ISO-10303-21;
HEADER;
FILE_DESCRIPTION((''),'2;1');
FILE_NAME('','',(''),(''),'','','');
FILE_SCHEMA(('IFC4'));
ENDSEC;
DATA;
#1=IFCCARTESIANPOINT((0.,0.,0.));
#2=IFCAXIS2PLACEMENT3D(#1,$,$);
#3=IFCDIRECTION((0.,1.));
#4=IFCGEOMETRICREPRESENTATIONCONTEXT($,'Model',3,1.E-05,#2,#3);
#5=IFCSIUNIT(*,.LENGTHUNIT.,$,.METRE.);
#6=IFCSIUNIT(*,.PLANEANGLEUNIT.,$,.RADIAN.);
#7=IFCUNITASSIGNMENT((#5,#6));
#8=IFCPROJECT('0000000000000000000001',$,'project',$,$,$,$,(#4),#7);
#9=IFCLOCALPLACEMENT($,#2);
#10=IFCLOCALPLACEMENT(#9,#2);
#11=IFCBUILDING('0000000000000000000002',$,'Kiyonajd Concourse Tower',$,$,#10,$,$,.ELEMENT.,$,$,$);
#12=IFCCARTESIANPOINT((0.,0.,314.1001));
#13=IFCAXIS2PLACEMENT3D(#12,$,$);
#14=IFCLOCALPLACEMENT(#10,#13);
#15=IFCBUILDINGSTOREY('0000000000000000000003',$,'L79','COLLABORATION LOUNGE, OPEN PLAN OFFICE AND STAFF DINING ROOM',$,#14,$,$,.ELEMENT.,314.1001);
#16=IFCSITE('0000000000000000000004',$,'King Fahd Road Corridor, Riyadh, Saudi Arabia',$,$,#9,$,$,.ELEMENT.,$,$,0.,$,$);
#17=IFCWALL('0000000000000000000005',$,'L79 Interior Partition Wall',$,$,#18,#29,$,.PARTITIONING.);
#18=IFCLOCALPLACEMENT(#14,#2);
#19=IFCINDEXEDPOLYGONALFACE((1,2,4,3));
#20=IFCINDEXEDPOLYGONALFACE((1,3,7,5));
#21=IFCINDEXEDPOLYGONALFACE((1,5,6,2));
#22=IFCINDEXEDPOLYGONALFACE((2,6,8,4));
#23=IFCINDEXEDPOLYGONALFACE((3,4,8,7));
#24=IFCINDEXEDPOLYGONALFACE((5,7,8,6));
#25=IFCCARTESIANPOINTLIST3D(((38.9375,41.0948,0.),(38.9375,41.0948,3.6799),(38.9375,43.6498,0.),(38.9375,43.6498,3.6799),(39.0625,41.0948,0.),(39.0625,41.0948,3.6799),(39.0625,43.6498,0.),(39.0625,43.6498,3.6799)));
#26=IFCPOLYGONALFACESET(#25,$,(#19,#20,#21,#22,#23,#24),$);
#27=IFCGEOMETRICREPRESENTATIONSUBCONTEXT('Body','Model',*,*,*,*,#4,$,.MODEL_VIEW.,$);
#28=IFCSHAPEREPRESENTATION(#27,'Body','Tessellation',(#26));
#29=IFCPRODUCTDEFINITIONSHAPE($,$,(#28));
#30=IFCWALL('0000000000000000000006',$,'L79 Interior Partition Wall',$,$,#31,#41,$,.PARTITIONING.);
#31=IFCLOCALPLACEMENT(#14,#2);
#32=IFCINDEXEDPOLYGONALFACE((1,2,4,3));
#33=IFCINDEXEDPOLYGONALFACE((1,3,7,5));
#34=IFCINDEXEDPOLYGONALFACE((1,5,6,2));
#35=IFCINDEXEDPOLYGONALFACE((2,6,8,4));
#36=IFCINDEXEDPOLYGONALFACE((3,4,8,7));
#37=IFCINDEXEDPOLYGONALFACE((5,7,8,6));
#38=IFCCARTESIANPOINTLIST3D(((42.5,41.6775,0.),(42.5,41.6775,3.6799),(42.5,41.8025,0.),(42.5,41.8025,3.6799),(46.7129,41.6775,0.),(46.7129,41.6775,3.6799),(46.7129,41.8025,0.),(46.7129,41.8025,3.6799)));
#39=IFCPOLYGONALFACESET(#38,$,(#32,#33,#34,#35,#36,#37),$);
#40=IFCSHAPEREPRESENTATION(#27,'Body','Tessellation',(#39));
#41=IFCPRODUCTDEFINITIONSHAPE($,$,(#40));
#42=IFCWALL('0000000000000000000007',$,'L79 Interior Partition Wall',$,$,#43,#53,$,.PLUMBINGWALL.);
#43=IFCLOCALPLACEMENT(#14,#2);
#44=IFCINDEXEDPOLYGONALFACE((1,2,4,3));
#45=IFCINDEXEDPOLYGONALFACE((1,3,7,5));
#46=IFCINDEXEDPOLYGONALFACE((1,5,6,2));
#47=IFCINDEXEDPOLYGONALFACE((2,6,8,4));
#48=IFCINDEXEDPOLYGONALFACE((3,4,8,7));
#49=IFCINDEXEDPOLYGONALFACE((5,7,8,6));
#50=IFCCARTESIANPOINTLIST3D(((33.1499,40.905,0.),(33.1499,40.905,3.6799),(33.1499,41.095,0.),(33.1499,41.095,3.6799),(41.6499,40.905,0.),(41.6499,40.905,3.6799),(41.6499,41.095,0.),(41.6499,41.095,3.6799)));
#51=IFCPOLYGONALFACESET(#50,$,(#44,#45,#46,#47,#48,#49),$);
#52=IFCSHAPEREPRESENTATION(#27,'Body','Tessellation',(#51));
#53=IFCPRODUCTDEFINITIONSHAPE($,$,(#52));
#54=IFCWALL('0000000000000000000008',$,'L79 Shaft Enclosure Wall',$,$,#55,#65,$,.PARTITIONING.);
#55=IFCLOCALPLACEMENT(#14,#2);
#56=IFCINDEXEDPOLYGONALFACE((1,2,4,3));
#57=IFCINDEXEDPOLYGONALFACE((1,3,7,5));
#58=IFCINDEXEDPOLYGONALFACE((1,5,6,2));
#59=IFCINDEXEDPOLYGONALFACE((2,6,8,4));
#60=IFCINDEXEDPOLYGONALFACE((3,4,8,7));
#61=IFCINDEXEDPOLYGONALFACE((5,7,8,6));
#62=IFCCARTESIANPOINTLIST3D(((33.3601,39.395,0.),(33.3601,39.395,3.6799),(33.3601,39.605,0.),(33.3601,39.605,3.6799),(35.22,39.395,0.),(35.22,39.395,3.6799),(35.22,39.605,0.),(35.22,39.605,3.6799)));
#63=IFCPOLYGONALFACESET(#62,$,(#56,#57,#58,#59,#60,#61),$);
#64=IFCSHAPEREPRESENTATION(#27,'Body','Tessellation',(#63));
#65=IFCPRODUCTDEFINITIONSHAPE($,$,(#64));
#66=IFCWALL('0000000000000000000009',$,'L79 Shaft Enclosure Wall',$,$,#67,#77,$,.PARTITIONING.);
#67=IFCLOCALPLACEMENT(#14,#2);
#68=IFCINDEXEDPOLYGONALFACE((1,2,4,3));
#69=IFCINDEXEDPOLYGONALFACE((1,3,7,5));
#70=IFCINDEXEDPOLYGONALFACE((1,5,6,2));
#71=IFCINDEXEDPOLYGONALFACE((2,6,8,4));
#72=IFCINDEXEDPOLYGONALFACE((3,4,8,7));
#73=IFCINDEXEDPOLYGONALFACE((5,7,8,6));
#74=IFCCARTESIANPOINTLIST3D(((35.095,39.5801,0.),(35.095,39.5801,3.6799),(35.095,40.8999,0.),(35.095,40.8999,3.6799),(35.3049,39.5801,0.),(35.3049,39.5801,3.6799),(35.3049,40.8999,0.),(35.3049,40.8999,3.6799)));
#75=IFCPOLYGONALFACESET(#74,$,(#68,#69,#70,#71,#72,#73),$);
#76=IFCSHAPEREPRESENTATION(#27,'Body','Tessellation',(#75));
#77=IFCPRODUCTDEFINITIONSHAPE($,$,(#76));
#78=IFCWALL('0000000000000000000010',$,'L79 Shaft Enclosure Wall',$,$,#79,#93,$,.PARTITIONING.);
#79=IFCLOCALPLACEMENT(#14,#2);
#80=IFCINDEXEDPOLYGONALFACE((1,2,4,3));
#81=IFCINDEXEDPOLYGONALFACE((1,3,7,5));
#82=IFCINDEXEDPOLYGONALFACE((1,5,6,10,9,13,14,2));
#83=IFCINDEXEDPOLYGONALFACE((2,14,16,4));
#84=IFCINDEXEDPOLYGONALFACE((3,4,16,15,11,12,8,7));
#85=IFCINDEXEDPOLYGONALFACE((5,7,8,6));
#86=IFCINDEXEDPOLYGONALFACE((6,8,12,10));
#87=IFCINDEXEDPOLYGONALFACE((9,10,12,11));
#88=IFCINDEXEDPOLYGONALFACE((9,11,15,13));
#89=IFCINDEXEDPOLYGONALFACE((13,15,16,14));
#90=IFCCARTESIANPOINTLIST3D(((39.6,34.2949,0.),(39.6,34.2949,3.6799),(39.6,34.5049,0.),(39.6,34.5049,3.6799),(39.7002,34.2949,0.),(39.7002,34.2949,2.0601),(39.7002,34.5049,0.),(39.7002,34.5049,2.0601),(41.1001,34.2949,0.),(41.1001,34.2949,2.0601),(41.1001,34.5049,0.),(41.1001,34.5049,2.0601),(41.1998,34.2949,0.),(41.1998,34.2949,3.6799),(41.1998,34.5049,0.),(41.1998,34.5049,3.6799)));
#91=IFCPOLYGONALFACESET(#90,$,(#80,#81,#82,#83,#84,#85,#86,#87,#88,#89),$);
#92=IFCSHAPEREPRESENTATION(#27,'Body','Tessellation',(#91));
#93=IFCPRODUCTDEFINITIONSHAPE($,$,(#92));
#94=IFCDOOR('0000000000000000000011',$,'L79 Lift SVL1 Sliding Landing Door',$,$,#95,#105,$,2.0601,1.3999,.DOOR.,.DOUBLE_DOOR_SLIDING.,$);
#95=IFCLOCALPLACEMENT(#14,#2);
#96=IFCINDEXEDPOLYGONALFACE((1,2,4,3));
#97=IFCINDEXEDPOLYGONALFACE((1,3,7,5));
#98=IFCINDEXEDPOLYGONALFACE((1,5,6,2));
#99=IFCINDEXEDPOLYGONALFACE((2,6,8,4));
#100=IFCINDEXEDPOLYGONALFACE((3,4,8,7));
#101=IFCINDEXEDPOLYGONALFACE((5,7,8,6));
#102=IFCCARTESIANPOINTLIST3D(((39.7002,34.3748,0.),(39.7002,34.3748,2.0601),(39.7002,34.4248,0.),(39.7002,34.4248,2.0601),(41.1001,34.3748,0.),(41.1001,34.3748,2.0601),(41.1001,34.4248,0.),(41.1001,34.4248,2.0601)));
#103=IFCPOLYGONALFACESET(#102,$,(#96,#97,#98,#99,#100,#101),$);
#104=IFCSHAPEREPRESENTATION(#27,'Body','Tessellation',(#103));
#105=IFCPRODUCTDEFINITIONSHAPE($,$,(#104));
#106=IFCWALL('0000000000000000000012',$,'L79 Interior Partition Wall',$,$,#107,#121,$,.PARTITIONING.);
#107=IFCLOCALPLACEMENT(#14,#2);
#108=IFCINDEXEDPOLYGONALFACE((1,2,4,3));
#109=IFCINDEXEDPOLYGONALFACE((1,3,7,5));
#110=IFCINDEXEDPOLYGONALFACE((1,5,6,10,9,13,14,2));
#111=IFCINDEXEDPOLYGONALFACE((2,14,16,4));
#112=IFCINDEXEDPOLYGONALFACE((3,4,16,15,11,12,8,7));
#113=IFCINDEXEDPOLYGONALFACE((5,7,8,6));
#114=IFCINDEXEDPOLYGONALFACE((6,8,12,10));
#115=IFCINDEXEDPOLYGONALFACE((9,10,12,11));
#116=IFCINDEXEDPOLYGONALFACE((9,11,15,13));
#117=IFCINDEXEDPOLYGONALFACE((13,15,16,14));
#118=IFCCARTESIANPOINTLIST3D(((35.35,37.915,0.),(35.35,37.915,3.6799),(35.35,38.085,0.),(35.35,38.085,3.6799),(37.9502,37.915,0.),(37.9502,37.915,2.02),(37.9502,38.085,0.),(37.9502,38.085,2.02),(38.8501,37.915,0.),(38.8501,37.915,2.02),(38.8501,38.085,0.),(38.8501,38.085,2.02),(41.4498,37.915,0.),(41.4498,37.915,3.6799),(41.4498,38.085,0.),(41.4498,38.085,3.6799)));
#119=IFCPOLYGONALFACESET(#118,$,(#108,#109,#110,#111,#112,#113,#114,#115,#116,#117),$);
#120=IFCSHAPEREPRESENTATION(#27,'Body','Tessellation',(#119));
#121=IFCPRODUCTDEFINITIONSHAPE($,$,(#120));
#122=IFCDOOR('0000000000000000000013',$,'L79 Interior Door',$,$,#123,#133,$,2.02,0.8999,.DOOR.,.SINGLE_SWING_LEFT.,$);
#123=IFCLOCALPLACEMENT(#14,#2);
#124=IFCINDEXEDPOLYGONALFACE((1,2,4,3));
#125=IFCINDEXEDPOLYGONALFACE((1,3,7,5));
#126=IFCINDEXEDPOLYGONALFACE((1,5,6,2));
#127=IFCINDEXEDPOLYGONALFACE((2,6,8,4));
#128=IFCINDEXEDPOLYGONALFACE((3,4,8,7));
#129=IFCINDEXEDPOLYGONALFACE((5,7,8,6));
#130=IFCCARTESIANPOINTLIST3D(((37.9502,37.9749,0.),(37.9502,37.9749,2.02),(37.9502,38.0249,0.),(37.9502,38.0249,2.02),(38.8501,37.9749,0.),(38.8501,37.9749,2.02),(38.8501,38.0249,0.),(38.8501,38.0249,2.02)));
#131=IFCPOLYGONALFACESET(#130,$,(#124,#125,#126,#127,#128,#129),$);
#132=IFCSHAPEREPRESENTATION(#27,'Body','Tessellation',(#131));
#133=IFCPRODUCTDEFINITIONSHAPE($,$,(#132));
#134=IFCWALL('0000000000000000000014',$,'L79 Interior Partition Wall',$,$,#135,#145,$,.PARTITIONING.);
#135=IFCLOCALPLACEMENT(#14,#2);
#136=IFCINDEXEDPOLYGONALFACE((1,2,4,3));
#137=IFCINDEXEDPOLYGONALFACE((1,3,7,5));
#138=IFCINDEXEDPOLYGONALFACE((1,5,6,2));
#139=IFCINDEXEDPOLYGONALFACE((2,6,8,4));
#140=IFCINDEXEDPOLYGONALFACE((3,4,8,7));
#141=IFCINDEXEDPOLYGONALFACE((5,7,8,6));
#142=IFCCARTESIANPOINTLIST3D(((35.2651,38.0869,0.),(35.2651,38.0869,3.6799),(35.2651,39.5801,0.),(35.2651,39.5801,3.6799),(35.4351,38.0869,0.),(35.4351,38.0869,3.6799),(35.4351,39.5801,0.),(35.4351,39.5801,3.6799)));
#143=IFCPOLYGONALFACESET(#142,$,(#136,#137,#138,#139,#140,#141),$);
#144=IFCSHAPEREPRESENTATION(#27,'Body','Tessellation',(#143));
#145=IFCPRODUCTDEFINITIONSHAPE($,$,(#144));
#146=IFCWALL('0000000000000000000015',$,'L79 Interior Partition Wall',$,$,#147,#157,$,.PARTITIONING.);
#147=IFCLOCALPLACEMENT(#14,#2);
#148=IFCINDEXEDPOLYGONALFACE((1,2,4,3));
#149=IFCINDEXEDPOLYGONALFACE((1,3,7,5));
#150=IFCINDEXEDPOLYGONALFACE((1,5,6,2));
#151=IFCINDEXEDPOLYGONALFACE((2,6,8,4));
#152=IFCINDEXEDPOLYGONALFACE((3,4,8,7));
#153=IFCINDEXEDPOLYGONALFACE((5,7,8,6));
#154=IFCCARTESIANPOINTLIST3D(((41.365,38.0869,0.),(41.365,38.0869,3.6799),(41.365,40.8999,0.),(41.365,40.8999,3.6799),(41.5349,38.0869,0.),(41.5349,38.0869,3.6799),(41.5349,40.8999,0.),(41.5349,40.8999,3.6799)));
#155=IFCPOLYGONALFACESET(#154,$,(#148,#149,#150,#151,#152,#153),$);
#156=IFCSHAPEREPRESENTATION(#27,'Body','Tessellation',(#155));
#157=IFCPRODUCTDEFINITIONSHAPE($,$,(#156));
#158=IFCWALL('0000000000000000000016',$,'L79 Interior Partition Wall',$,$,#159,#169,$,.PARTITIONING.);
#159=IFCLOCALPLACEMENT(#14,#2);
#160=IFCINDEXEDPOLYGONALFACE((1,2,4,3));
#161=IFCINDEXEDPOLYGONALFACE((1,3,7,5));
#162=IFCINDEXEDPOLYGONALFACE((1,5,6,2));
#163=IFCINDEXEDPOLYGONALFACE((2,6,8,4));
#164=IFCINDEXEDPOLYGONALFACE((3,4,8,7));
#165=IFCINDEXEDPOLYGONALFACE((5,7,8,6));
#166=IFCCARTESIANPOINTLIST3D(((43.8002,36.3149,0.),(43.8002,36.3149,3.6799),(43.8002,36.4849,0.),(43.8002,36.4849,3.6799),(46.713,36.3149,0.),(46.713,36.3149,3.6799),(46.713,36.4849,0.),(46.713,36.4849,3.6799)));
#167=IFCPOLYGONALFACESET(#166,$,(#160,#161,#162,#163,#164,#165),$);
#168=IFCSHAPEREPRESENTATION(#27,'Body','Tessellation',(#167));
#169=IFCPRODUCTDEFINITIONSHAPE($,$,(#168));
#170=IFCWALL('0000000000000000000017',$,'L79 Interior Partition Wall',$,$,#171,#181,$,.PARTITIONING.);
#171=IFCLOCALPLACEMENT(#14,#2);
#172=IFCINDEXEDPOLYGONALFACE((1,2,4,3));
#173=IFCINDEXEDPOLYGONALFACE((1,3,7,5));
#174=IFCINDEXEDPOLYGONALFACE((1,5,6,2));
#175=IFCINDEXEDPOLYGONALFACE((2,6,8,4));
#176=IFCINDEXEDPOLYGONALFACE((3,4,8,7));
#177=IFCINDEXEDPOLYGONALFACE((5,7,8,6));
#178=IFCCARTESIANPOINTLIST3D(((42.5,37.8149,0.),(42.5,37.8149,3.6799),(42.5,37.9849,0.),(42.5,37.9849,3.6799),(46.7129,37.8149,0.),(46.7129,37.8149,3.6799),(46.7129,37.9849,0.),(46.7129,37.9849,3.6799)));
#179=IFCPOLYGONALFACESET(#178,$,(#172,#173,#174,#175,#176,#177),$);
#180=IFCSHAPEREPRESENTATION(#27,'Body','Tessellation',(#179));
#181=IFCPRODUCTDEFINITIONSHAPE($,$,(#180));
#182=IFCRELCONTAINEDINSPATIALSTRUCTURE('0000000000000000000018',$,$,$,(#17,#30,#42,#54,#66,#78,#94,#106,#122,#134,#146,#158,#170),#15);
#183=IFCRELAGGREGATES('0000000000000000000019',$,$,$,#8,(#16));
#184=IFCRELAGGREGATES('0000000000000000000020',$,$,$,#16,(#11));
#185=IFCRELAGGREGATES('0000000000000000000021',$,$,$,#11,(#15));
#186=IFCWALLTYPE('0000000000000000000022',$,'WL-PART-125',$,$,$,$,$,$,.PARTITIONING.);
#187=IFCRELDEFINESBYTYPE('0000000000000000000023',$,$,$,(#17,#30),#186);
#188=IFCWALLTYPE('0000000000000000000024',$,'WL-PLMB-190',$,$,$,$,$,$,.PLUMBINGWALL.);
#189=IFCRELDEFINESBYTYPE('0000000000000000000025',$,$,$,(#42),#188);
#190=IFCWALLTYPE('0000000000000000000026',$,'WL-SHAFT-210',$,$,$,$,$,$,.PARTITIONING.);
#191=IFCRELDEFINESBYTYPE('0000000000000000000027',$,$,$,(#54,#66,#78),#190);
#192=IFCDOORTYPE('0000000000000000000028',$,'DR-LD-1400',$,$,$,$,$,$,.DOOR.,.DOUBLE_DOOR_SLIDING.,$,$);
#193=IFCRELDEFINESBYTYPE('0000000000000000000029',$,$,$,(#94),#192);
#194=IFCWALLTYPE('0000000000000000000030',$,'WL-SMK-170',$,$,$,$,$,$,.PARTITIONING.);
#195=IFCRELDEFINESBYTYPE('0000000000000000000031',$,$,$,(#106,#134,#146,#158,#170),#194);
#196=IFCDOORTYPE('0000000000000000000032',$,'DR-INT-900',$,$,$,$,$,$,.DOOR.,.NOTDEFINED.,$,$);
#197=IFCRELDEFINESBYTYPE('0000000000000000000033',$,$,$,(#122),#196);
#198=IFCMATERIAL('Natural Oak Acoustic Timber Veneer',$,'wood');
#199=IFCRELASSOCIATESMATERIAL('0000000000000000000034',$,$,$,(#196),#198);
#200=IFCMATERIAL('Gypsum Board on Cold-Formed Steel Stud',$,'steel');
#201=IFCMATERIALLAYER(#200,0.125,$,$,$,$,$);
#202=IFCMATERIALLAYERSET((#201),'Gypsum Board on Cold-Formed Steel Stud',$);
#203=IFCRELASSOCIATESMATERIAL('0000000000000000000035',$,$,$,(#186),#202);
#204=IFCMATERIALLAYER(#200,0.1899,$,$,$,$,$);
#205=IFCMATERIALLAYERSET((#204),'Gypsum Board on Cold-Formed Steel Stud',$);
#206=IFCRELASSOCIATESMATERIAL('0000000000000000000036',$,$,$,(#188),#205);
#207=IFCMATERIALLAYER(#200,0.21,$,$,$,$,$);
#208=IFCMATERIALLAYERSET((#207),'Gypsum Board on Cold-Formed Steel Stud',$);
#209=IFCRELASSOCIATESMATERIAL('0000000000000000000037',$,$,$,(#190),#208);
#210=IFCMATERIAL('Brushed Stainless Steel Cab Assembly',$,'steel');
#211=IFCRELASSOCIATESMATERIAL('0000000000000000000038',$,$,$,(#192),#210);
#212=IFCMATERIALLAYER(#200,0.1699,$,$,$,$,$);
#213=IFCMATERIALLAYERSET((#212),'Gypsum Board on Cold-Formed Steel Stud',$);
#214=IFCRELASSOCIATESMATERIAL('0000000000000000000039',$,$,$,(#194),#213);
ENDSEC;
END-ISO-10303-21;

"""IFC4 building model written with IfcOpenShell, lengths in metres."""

from ifc_helpers import new_model, si_unit, direction, frame, frame_2d, origin, place, context, subcontext, project, spatial, rectangle, extrude, material, layer, layer_set, type_object, element, fill, save


model = new_model("IFC4")

# Units and contexts
model_context = context("Model", 3, precision=1e-05, world=origin(), true_north=direction((0.0, 1.0)))
body_context = subcontext(model_context, "Body", "Model", "MODEL_VIEW")
ifc_project = project(units=[si_unit("LENGTHUNIT", "METRE"), si_unit("PLANEANGLEUNIT", "RADIAN")], contexts=[model_context])

# Site, building, storey
site_placement = place(None, origin())
site = spatial("IfcSite", under=ifc_project, at=site_placement, Name="King Fahd Road Corridor, Riyadh, Saudi Arabia", CompositionType="ELEMENT", RefElevation=0.0)
building_placement = place(site_placement, origin())
building = spatial("IfcBuilding", under=site, at=building_placement, Name="Kiyonajd Concourse Tower", CompositionType="ELEMENT")
storey_placement = place(building_placement, frame((0.0, 0.0, 314.1001)))
storey = spatial("IfcBuildingStorey", under=building, at=storey_placement, Name="L79", Description="COLLABORATION LOUNGE, OPEN PLAN OFFICE AND STAFF DINING ROOM", CompositionType="ELEMENT", Elevation=314.1001)

# Shared definitions
ifc_material_1 = material(Name="Natural Oak Acoustic Timber Veneer", Category="wood")
door_type_1 = type_object("IfcDoorType", Name="DR-INT-900", OperationType="NOTDEFINED", PredefinedType="DOOR", material=ifc_material_1)

# Walls
ifc_material_2 = material(Name="Gypsum Board on Cold-Formed Steel Stud", Category="steel")
ifc_layer_1 = layer(ifc_material_2, 0.125)
ifc_layer_set_1 = layer_set([ifc_layer_1], Name="Gypsum Board on Cold-Formed Steel Stud")
wall_type_1 = type_object("IfcWallType", Name="WL-PART-125", PredefinedType="PARTITIONING", material=ifc_layer_set_1)
for number, where, z_axis, x_axis, name in (
    (1, (39.0, 41.095, 0.0), (0.0, 0.0, 1.0), (0.0, 1.0, 0.0), "L79 Interior Partition Wall"),
):
    element("IfcWall", number, at=place(storey_placement, frame(where, z_axis=z_axis, x_axis=x_axis)), inside=storey, type_object=wall_type_1, Name=name, PredefinedType="PARTITIONING", context=body_context, shape_type="SweptSolid", body=[
        extrude(rectangle(XDim=2.5549, YDim=0.125, at=frame_2d((1.2773, 0.0))), origin(), (0.0, 0.0, 1.0), 3.6799),
    ])
wall_1_placement = place(storey_placement, frame((42.5, 41.74, 0.0), z_axis=(0.0, 0.0, 1.0), x_axis=(1.0, 0.0, 0.0)))
element("IfcWall", 2, at=wall_1_placement, inside=storey, type_object=wall_type_1, Name="L79 Interior Partition Wall", PredefinedType="PARTITIONING", context=body_context, shape_type="SweptSolid", body=[
    extrude(rectangle(XDim=4.2129, YDim=0.125, at=frame_2d((2.1064, 0.0))), origin(), (0.0, 0.0, 1.0), 3.6799),
])
ifc_layer_2 = layer(ifc_material_2, 0.1899)
ifc_layer_set_2 = layer_set([ifc_layer_2], Name="Gypsum Board on Cold-Formed Steel Stud")
wall_type_2 = type_object("IfcWallType", Name="WL-PLMB-190", PredefinedType="PLUMBINGWALL", material=ifc_layer_set_2)
wall_2_placement = place(storey_placement, frame((33.1499, 41.0, 0.0), z_axis=(0.0, 0.0, 1.0), x_axis=(1.0, 0.0, 0.0)))
element("IfcWall", 3, at=wall_2_placement, inside=storey, type_object=wall_type_2, Name="L79 Interior Partition Wall", PredefinedType="PLUMBINGWALL", context=body_context, shape_type="SweptSolid", body=[
    extrude(rectangle(XDim=8.5, YDim=0.1899, at=frame_2d((4.25, 0.0))), origin(), (0.0, 0.0, 1.0), 3.6799),
])
ifc_layer_3 = layer(ifc_material_2, 0.21)
ifc_layer_set_3 = layer_set([ifc_layer_3], Name="Gypsum Board on Cold-Formed Steel Stud")
wall_type_3 = type_object("IfcWallType", Name="WL-SHAFT-210", PredefinedType="PARTITIONING", material=ifc_layer_set_3)
wall_3_placement = place(storey_placement, frame((33.3601, 39.5, 0.0), z_axis=(0.0, 0.0, 1.0), x_axis=(1.0, 0.0, 0.0)))
element("IfcWall", 4, at=wall_3_placement, inside=storey, type_object=wall_type_3, Name="L79 Shaft Enclosure Wall", PredefinedType="PARTITIONING", context=body_context, shape_type="SweptSolid", body=[
    extrude(rectangle(XDim=1.8599, YDim=0.21, at=frame_2d((0.9299, 0.0))), origin(), (0.0, 0.0, 1.0), 3.6799),
])
wall_4_placement = place(storey_placement, frame((35.2, 39.5801, 0.0), z_axis=(0.0, 0.0, 1.0), x_axis=(0.0, 1.0, 0.0)))
element("IfcWall", 5, at=wall_4_placement, inside=storey, type_object=wall_type_3, Name="L79 Shaft Enclosure Wall", PredefinedType="PARTITIONING", context=body_context, shape_type="SweptSolid", body=[
    extrude(rectangle(XDim=1.3198, YDim=0.21, at=frame_2d((0.6599, 0.0))), origin(), (0.0, 0.0, 1.0), 3.6799),
])

# Walls, openings, doors
wall_5_placement = place(storey_placement, frame((39.6001, 34.3999, 0.0), z_axis=(0.0, 0.0, 1.0), x_axis=(1.0, 0.0, 0.0)))
wall_5 = element("IfcWall", 6, at=wall_5_placement, inside=storey, type_object=wall_type_3, Name="L79 Shaft Enclosure Wall", PredefinedType="PARTITIONING", context=body_context, shape_type="SweptSolid", body=[
    extrude(rectangle(XDim=1.5999, YDim=0.21, at=frame_2d((0.7998, 0.0))), origin(), (0.0, 0.0, 1.0), 3.6799),
])
opening_1_placement = place(wall_5_placement, frame((0.1001, 0.0, 0.0)))
opening_1 = element("IfcOpeningElement", 7, at=opening_1_placement, cuts=wall_5, PredefinedType="OPENING", context=body_context, shape_type="SweptSolid", body=[
    extrude(rectangle(XDim=1.3999, YDim=2.0601, at=frame_2d((0.7, 1.03))), frame((0.0, 0.115, 0.0), z_axis=(0.0, -1.0, 0.0), x_axis=(1.0, 0.0, 0.0)), (0.0, 0.0, 1.0), 0.23),
])
ifc_material_3 = material(Name="Brushed Stainless Steel Cab Assembly", Category="steel")
door_type_2 = type_object("IfcDoorType", Name="DR-LD-1400", OperationType="DOUBLE_DOOR_SLIDING", PredefinedType="DOOR", material=ifc_material_3)
door_1_placement = place(opening_1_placement, origin())
door_1 = element("IfcDoor", 8, at=door_1_placement, inside=storey, type_object=door_type_2, Name="L79 Lift SVL1 Sliding Landing Door", OperationType="DOUBLE_DOOR_SLIDING", OverallHeight=2.0601, OverallWidth=1.3999, PredefinedType="DOOR", context=body_context, shape_type="SweptSolid", body=[
    extrude(rectangle(XDim=1.3999, YDim=2.0601, at=frame_2d((0.7, 1.03))), frame((0.0, 0.0249, 0.0), z_axis=(0.0, -1.0, 0.0), x_axis=(1.0, 0.0, 0.0)), (0.0, 0.0, 1.0), 0.05),
])
fill(opening_1, door_1)
ifc_layer_4 = layer(ifc_material_2, 0.1699)
ifc_layer_set_4 = layer_set([ifc_layer_4], Name="Gypsum Board on Cold-Formed Steel Stud")
wall_type_4 = type_object("IfcWallType", Name="WL-SMK-170", PredefinedType="PARTITIONING", material=ifc_layer_set_4)
wall_6_placement = place(storey_placement, frame((35.3501, 38.0, 0.0), z_axis=(0.0, 0.0, 1.0), x_axis=(1.0, 0.0, 0.0)))
wall_6 = element("IfcWall", 9, at=wall_6_placement, inside=storey, type_object=wall_type_4, Name="L79 Interior Partition Wall", PredefinedType="PARTITIONING", context=body_context, shape_type="SweptSolid", body=[
    extrude(rectangle(XDim=6.0999, YDim=0.1699, at=frame_2d((3.0498, 0.0))), origin(), (0.0, 0.0, 1.0), 3.6799),
])
opening_2_placement = place(wall_6_placement, frame((2.6001, 0.0, 0.0)))
opening_2 = element("IfcOpeningElement", 10, at=opening_2_placement, cuts=wall_6, PredefinedType="OPENING", context=body_context, shape_type="SweptSolid", body=[
    extrude(rectangle(XDim=0.8999, YDim=2.02, at=frame_2d((0.45, 1.01))), frame((0.0, 0.095, 0.0), z_axis=(0.0, -1.0, 0.0), x_axis=(1.0, 0.0, 0.0)), (0.0, 0.0, 1.0), 0.1899),
])
door_2_placement = place(opening_2_placement, origin())
door_2 = element("IfcDoor", 11, at=door_2_placement, inside=storey, type_object=door_type_1, Name="L79 Interior Door", OperationType="SINGLE_SWING_LEFT", OverallHeight=2.02, OverallWidth=0.8999, PredefinedType="DOOR", context=body_context, shape_type="SweptSolid", body=[
    extrude(rectangle(XDim=0.8999, YDim=2.02, at=frame_2d((0.45, 1.01))), frame((0.0, 0.0249, 0.0), z_axis=(0.0, -1.0, 0.0), x_axis=(1.0, 0.0, 0.0)), (0.0, 0.0, 1.0), 0.05),
])
fill(opening_2, door_2)

# Walls
wall_7_placement = place(storey_placement, frame((35.3501, 38.0869, 0.0), z_axis=(0.0, 0.0, 1.0), x_axis=(0.0, 1.0, 0.0)))
element("IfcWall", 12, at=wall_7_placement, inside=storey, type_object=wall_type_4, Name="L79 Interior Partition Wall", PredefinedType="PARTITIONING", context=body_context, shape_type="SweptSolid", body=[
    extrude(rectangle(XDim=1.4932, YDim=0.1699, at=frame_2d((0.7466, 0.0))), origin(), (0.0, 0.0, 1.0), 3.6799),
])
wall_8_placement = place(storey_placement, frame((41.45, 38.0869, 0.0), z_axis=(0.0, 0.0, 1.0), x_axis=(0.0, 1.0, 0.0)))
element("IfcWall", 13, at=wall_8_placement, inside=storey, type_object=wall_type_4, Name="L79 Interior Partition Wall", PredefinedType="PARTITIONING", context=body_context, shape_type="SweptSolid", body=[
    extrude(rectangle(XDim=2.813, YDim=0.1699, at=frame_2d((1.4065, 0.0))), origin(), (0.0, 0.0, 1.0), 3.6799),
])
wall_9_placement = place(storey_placement, frame((43.8, 36.3999, 0.0), z_axis=(0.0, 0.0, 1.0), x_axis=(1.0, 0.0, 0.0)))
element("IfcWall", 14, at=wall_9_placement, inside=storey, type_object=wall_type_4, Name="L79 Interior Partition Wall", PredefinedType="PARTITIONING", context=body_context, shape_type="SweptSolid", body=[
    extrude(rectangle(XDim=2.9128, YDim=0.1699, at=frame_2d((1.4565, 0.0))), origin(), (0.0, 0.0, 1.0), 3.6799),
])
wall_10_placement = place(storey_placement, frame((42.5, 37.8999, 0.0), z_axis=(0.0, 0.0, 1.0), x_axis=(1.0, 0.0, 0.0)))
element("IfcWall", 15, at=wall_10_placement, inside=storey, type_object=wall_type_4, Name="L79 Interior Partition Wall", PredefinedType="PARTITIONING", context=body_context, shape_type="SweptSolid", body=[
    extrude(rectangle(XDim=4.2129, YDim=0.1699, at=frame_2d((2.1064, 0.0))), origin(), (0.0, 0.0, 1.0), 3.6799),
])

save(model, "model.ifc")
